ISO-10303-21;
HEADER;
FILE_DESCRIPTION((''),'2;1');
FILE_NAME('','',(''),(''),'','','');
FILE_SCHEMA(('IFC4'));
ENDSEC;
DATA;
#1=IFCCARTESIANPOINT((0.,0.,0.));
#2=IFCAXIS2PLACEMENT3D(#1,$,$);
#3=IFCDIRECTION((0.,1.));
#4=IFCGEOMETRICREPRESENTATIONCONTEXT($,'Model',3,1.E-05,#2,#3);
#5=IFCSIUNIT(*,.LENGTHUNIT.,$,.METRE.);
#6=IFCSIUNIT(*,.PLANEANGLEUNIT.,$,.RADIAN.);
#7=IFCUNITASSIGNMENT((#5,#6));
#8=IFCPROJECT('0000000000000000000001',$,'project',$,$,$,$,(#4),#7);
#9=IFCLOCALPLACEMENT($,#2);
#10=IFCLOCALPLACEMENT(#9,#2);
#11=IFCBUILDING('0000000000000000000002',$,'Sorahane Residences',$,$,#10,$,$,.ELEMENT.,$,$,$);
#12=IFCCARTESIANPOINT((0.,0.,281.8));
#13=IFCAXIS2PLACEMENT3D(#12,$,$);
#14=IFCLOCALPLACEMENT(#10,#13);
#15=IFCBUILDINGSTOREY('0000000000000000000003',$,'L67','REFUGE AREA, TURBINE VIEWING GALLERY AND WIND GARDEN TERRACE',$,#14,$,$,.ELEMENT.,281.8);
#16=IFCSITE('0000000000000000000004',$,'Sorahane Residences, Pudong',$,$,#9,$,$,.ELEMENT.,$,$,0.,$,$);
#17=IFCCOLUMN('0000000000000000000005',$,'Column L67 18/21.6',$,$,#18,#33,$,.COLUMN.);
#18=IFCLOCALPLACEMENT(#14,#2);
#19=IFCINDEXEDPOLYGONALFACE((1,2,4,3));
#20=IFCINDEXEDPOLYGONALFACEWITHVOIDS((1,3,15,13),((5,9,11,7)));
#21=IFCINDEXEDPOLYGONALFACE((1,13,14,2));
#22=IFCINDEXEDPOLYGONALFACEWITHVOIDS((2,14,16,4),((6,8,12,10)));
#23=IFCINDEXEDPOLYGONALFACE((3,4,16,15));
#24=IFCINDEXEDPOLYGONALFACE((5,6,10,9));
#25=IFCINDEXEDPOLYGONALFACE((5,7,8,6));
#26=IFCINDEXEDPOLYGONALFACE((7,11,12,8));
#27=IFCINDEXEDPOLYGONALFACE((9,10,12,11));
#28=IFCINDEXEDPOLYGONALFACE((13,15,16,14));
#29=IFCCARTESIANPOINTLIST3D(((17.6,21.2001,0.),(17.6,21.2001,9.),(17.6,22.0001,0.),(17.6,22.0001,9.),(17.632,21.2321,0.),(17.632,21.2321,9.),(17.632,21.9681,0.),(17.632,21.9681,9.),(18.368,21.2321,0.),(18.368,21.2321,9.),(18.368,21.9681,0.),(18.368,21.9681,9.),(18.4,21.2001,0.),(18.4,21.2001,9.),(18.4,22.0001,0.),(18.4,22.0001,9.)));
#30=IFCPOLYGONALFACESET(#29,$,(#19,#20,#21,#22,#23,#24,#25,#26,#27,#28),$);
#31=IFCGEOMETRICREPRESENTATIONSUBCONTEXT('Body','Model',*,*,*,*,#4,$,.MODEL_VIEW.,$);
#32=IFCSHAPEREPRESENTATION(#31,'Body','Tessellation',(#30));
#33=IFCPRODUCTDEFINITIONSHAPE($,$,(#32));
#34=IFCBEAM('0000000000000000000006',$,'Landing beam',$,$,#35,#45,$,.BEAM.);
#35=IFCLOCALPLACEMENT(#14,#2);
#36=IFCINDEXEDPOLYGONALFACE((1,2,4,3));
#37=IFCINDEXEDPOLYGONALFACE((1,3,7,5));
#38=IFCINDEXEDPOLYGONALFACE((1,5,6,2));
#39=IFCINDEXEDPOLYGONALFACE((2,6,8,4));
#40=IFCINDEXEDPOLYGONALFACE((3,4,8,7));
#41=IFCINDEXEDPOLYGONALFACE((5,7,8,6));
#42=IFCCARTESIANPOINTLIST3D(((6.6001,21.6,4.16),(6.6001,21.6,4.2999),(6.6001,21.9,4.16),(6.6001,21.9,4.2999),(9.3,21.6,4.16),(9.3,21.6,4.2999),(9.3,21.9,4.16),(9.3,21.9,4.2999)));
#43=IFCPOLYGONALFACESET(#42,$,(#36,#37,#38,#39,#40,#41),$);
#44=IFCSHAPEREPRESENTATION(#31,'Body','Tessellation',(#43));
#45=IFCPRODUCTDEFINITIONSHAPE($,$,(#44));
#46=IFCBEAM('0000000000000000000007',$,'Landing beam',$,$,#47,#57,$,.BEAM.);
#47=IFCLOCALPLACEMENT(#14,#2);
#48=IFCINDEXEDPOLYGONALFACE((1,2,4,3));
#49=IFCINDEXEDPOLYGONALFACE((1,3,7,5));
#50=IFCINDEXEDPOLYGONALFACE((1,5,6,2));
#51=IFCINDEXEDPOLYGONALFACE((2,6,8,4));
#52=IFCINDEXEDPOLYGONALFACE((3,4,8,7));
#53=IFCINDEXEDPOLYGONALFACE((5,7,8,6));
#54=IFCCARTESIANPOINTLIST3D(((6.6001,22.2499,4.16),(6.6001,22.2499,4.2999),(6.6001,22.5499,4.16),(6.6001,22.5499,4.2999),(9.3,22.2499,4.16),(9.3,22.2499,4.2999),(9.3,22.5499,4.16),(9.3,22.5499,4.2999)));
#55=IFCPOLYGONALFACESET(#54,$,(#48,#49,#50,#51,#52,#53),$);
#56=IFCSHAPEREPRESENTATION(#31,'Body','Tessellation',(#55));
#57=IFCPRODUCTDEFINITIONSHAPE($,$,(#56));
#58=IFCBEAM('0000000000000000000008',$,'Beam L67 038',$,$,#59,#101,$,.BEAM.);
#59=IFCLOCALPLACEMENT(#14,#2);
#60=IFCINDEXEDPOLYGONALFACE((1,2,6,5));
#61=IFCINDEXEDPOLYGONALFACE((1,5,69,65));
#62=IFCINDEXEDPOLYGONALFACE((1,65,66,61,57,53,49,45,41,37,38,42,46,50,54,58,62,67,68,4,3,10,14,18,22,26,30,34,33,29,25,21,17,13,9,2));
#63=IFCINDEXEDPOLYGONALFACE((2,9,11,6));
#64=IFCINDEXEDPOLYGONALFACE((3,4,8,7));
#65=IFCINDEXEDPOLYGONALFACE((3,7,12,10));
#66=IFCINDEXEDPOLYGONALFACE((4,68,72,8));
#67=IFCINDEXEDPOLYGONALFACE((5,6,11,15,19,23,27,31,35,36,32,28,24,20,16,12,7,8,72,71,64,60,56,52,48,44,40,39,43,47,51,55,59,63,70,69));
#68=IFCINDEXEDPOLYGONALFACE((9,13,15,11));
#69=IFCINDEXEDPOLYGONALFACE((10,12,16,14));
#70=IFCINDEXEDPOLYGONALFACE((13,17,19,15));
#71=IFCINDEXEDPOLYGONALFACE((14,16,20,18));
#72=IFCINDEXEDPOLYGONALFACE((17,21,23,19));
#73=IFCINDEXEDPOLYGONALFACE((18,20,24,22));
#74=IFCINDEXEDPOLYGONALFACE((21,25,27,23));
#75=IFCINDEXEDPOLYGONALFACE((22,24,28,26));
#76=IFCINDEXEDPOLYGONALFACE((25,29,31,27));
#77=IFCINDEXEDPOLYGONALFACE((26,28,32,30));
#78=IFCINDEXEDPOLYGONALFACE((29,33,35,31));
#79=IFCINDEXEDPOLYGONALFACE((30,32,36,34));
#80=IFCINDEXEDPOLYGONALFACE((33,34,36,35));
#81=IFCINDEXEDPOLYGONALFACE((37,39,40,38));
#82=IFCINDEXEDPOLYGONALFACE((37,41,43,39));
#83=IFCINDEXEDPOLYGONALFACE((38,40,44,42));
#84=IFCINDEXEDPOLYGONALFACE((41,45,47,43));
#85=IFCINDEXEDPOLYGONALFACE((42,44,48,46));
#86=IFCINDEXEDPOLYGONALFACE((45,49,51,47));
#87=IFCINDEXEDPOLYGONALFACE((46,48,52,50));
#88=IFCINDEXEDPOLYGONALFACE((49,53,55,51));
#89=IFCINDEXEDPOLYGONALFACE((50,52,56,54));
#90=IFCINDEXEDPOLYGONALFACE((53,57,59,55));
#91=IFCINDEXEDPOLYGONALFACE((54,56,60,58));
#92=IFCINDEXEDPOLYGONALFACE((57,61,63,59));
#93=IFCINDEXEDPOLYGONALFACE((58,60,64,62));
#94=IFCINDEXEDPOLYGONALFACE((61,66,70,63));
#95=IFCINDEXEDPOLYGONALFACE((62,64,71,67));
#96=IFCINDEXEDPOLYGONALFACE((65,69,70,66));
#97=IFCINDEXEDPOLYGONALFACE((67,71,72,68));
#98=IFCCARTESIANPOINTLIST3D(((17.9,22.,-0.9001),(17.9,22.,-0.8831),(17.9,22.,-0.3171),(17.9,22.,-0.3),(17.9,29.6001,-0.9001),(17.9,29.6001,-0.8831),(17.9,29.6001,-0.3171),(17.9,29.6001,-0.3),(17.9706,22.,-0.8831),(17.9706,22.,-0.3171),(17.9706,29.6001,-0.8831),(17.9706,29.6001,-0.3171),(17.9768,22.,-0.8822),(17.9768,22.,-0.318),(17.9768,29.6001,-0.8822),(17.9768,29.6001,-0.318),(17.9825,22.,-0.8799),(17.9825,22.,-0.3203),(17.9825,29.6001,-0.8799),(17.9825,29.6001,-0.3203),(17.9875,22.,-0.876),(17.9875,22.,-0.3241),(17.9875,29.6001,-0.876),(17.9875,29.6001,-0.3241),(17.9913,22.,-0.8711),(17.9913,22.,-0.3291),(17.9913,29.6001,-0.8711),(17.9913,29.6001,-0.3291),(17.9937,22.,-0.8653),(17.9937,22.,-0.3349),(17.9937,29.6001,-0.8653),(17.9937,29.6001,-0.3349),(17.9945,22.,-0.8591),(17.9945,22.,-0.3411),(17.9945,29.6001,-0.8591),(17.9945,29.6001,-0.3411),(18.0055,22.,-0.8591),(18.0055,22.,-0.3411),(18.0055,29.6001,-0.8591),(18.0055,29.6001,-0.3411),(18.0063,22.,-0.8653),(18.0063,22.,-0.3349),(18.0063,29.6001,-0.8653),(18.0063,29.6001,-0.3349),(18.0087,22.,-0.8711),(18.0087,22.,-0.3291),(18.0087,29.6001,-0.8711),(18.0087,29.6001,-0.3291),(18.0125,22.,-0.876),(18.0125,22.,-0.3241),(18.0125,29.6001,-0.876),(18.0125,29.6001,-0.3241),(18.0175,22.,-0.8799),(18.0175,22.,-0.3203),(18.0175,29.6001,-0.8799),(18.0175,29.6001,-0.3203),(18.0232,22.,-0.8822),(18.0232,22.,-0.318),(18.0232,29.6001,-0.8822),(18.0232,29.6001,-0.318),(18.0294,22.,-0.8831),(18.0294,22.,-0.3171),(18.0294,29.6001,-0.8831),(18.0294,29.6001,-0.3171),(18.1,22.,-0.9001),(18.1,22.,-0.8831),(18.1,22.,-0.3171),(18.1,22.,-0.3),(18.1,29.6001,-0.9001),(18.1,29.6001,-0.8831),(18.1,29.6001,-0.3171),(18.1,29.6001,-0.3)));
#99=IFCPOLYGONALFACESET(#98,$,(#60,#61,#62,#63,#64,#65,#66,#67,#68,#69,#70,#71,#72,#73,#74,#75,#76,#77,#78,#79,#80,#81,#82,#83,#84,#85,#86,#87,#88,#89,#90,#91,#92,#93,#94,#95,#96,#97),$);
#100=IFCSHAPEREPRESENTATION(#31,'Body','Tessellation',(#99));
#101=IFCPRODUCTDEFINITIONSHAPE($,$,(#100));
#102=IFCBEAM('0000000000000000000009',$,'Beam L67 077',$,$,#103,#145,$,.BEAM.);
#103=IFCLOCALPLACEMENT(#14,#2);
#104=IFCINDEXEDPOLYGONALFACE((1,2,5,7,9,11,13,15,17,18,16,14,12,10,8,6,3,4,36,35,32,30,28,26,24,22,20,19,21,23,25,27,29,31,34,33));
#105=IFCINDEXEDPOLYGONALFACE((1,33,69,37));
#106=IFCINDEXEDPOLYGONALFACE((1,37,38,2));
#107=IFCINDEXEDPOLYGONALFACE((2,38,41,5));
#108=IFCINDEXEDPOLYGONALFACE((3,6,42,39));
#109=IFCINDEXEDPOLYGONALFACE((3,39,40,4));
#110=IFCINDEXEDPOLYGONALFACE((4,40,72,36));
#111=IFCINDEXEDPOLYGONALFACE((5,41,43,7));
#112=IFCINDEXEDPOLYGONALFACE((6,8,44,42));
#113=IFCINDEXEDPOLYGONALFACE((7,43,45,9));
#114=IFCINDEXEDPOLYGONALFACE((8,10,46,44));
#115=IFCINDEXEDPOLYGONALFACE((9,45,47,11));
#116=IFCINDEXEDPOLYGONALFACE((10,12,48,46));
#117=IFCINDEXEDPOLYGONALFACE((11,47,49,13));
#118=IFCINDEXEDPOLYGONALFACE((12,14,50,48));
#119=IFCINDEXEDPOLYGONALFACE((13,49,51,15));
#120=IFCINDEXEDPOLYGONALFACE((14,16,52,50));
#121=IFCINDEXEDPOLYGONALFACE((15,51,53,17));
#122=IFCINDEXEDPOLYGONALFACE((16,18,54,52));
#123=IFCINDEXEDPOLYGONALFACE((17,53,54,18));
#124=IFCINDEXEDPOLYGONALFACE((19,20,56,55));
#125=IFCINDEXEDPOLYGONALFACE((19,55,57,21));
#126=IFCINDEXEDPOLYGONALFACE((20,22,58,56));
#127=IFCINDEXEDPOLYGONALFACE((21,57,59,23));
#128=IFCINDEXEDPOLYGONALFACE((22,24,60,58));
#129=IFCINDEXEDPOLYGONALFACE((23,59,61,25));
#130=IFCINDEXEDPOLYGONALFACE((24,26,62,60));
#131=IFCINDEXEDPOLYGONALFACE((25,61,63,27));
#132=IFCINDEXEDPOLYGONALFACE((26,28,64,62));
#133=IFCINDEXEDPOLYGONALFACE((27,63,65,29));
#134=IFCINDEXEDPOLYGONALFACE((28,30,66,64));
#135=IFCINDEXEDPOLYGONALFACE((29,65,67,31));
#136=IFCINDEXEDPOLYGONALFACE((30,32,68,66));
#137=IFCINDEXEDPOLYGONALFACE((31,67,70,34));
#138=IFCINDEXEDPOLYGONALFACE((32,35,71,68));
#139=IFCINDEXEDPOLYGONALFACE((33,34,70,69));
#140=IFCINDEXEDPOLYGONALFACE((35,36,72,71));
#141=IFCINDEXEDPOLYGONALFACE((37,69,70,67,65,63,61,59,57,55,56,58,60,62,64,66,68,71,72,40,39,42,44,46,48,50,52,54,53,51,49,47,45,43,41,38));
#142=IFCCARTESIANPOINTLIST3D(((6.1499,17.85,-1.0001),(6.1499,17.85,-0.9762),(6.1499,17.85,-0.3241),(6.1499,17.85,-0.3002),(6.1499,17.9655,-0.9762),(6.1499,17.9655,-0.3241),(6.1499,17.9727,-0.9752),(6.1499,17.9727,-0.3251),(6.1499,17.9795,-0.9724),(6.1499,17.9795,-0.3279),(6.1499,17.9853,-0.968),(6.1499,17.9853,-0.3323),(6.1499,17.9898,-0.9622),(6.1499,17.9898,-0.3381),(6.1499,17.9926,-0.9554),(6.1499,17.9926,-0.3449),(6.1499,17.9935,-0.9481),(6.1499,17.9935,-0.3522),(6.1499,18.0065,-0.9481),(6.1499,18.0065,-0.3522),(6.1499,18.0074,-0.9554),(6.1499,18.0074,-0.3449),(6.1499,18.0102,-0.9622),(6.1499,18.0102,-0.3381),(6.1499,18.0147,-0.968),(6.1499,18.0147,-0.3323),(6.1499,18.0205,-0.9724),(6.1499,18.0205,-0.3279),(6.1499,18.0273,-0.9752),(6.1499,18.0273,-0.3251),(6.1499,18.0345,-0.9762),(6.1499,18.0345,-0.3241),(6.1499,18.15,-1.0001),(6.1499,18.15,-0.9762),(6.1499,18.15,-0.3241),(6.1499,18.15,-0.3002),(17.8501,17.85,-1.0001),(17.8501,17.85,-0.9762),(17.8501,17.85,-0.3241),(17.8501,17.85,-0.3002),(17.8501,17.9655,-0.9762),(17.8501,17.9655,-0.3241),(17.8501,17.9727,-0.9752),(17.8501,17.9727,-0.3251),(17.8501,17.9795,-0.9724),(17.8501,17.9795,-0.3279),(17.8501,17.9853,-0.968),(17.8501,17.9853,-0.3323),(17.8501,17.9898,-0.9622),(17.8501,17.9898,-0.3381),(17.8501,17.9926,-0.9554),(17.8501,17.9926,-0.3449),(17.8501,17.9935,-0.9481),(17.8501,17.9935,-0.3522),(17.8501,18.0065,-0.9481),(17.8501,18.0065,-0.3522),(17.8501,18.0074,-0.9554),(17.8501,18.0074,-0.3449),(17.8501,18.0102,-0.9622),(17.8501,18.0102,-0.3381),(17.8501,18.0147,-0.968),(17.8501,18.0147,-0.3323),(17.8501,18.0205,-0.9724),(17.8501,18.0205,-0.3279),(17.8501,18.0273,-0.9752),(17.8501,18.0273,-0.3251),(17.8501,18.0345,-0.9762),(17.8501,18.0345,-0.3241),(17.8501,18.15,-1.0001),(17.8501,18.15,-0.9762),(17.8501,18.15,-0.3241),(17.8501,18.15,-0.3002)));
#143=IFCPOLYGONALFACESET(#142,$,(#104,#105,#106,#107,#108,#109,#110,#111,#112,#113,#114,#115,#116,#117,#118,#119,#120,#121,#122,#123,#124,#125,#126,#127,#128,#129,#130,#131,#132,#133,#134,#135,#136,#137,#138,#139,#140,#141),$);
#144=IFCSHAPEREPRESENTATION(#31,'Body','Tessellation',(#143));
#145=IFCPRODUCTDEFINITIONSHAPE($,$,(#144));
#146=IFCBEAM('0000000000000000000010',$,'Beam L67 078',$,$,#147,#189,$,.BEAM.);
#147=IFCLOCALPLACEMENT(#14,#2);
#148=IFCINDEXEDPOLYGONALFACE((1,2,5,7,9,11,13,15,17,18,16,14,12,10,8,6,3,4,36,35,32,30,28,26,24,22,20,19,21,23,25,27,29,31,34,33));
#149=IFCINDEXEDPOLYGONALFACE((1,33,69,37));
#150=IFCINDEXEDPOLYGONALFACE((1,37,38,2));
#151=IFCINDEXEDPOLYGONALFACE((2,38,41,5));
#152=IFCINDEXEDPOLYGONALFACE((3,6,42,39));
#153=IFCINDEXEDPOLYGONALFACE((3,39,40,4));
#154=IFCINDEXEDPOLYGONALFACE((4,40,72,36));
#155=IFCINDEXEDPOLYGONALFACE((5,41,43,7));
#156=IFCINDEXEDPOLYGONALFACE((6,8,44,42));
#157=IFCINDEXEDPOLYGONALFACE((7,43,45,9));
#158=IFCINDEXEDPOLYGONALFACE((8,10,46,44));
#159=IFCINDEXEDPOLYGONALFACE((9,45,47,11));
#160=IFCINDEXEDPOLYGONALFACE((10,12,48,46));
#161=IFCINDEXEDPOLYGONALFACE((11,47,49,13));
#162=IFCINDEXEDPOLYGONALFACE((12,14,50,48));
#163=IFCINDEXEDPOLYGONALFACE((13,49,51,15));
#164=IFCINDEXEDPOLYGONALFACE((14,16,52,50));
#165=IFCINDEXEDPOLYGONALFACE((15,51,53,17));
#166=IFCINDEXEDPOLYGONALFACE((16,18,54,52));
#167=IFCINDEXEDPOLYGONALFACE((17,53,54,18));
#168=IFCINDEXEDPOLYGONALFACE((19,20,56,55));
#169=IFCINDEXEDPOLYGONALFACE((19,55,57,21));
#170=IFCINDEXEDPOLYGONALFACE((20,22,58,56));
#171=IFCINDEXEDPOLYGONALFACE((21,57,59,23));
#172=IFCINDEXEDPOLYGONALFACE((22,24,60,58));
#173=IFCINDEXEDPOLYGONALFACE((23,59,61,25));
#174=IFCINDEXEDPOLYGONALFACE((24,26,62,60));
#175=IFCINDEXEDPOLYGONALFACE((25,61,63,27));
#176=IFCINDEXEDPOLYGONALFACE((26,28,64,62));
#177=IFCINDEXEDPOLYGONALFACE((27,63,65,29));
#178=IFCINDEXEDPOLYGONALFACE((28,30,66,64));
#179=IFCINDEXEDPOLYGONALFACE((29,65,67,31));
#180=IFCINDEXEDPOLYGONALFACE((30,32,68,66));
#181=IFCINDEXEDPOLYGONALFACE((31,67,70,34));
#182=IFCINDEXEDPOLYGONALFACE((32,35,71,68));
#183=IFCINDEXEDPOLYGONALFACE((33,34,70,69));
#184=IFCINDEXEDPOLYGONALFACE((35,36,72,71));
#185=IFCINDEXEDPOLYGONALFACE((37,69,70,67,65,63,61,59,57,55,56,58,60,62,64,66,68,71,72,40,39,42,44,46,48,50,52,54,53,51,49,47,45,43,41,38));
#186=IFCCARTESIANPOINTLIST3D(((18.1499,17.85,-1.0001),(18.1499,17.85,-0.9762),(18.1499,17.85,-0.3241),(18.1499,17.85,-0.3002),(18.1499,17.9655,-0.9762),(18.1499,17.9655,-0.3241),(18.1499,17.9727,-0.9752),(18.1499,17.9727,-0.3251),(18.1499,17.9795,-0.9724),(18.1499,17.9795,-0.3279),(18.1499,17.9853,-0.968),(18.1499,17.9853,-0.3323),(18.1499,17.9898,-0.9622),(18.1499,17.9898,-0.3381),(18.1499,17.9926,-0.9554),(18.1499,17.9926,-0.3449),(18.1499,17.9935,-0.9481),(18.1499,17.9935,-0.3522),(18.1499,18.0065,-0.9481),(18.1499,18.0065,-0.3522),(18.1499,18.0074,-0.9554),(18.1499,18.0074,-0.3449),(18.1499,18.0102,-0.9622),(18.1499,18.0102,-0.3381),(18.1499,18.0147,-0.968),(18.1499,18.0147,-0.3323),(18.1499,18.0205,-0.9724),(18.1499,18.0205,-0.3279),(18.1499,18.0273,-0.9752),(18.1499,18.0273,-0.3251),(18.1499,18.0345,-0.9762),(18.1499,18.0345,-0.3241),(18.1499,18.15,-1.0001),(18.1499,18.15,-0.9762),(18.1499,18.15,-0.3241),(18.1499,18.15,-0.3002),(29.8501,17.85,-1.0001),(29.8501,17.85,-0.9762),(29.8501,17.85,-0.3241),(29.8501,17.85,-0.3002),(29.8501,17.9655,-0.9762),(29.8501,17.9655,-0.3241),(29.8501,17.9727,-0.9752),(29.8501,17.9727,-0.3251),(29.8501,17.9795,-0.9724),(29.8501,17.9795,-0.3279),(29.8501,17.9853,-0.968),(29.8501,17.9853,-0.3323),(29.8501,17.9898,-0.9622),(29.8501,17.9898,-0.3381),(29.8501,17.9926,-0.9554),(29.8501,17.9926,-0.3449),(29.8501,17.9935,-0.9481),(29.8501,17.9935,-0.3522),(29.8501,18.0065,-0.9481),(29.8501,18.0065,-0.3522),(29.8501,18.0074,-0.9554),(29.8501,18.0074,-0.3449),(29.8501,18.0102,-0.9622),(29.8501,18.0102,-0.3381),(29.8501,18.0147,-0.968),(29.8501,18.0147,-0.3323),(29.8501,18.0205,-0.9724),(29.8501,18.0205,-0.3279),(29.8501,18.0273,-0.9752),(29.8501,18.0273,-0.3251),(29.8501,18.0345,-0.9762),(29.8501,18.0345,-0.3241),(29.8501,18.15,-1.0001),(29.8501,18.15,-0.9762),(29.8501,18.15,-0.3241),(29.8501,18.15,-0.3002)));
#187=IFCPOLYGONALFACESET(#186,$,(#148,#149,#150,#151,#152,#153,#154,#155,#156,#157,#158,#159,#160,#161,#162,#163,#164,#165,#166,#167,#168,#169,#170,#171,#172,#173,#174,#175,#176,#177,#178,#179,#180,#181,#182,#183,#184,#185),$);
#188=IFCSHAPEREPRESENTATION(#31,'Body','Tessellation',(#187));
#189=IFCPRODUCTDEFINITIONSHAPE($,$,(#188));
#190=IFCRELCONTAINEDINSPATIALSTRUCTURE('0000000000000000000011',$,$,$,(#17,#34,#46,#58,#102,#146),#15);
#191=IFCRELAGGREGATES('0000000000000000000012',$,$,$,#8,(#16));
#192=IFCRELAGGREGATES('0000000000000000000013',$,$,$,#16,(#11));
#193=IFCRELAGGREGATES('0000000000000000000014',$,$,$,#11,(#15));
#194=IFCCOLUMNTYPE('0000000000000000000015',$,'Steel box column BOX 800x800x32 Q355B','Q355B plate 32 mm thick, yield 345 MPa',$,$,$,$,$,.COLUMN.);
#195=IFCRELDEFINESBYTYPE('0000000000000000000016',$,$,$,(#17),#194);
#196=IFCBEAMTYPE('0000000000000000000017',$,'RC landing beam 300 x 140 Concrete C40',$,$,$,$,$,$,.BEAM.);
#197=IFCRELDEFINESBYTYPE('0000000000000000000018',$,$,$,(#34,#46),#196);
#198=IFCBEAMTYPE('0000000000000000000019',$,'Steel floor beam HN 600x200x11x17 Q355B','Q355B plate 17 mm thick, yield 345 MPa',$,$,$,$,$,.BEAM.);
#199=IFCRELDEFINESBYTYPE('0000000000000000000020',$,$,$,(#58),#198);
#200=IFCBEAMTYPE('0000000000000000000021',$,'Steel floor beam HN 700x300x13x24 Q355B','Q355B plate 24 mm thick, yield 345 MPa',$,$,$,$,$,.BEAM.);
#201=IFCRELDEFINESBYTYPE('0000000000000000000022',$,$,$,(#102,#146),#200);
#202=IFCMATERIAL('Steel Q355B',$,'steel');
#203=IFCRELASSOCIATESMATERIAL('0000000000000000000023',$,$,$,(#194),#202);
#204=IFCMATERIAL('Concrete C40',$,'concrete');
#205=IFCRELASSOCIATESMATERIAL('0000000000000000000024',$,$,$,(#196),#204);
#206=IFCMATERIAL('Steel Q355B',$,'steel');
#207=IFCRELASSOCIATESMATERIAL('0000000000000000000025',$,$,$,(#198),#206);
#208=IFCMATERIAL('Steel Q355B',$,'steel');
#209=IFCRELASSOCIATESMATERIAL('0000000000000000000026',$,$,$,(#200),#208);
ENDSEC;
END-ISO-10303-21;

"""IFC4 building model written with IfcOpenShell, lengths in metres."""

from ifc_helpers import new_model, si_unit, direction, frame, origin, origin_2d, place, context, subcontext, project, spatial, rectangle, hollow_rectangle, i_section, extrude, material, material_profile, profile_set, type_object, element, save


model = new_model("IFC4")

# Units and contexts
model_context = context("Model", 3, precision=1e-05, world=origin(), true_north=direction((0.0, 1.0)))
body_context = subcontext(model_context, "Body", "Model", "MODEL_VIEW")
ifc_project = project(units=[si_unit("LENGTHUNIT", "METRE"), si_unit("PLANEANGLEUNIT", "RADIAN")], contexts=[model_context])

# Site, building, storey
site_placement = place(None, origin())
site = spatial("IfcSite", under=ifc_project, at=site_placement, Name="Sorahane Residences, Pudong", CompositionType="ELEMENT", RefElevation=0.0)
building_placement = place(site_placement, origin())
building = spatial("IfcBuilding", under=site, at=building_placement, Name="Sorahane Residences", CompositionType="ELEMENT")
storey_placement = place(building_placement, frame((0.0, 0.0, 281.8)))
storey = spatial("IfcBuildingStorey", under=building, at=storey_placement, Name="L67", Description="REFUGE AREA, TURBINE VIEWING GALLERY AND WIND GARDEN TERRACE", CompositionType="ELEMENT", Elevation=281.8)

# Column
ifc_material_1 = material(Name="Steel Q355B", Category="steel")
ifc_material_profile_1 = material_profile(ifc_material_1, hollow_rectangle(XDim=0.8, YDim=0.8, WallThickness=0.032, at=origin_2d()), Name="BOX 800x800x32")
ifc_profile_set_1 = profile_set([ifc_material_profile_1], Name="Steel Q355B")
column_type = type_object("IfcColumnType", Name="Steel box column BOX 800x800x32 Q355B", Description="Q355B plate 32 mm thick, yield 345 MPa", PredefinedType="COLUMN", material=ifc_profile_set_1)
column_placement = place(storey_placement, frame((18.0, 21.6001, 0.0), z_axis=(0.0, 0.0, 1.0), x_axis=(1.0, 0.0, 0.0)))
element("IfcColumn", 1, at=column_placement, inside=storey, type_object=column_type, Name="Column L67 18/21.6", PredefinedType="COLUMN", context=body_context, shape_type="SweptSolid", body=[
    extrude(hollow_rectangle(XDim=0.8, YDim=0.8, WallThickness=0.032, at=origin_2d()), origin(), (0.0, 0.0, 1.0), 9.0),
])

# Beams
ifc_material_2 = material(Name="Concrete C40", Category="concrete")
ifc_material_profile_2 = material_profile(ifc_material_2, rectangle(XDim=0.3, YDim=0.1399, at=origin_2d()), Name="300x140")
ifc_profile_set_2 = profile_set([ifc_material_profile_2], Name="Concrete C40")
beam_type_1 = type_object("IfcBeamType", Name="RC landing beam 300 x 140 Concrete C40", PredefinedType="BEAM", material=ifc_profile_set_2)
for number, where, z_axis, x_axis, name in (
    (2, (6.6001, 21.75, 4.23), (1.0, 0.0, 0.0), (0.0, 1.0, 0.0), "Landing beam"),
    (3, (6.6001, 22.3999, 4.23), (1.0, 0.0, 0.0), (0.0, 1.0, 0.0), "Landing beam"),
):
    element("IfcBeam", number, at=place(storey_placement, frame(where, z_axis=z_axis, x_axis=x_axis)), inside=storey, type_object=beam_type_1, Name=name, PredefinedType="BEAM", context=body_context, shape_type="SweptSolid", body=[
        extrude(rectangle(XDim=0.3, YDim=0.1399, at=origin_2d()), origin(), (0.0, 0.0, 1.0), 2.7),
    ])
ifc_material_3 = material(Name="Steel Q355B", Category="steel")
ifc_material_profile_3 = material_profile(ifc_material_3, i_section(OverallWidth=0.2, OverallDepth=0.6001, WebThickness=0.011, FlangeThickness=0.0171, FilletRadius=0.0239, at=origin_2d()), Name="HN 600x200x11x17")
ifc_profile_set_3 = profile_set([ifc_material_profile_3], Name="Steel Q355B")
beam_type_2 = type_object("IfcBeamType", Name="Steel floor beam HN 600x200x11x17 Q355B", Description="Q355B plate 17 mm thick, yield 345 MPa", PredefinedType="BEAM", material=ifc_profile_set_3)
beam_placement = place(storey_placement, frame((18.0, 22.0, -0.6001), z_axis=(0.0, 1.0, 0.0), x_axis=(-1.0, 0.0, 0.0)))
element("IfcBeam", 4, at=beam_placement, inside=storey, type_object=beam_type_2, Name="Beam L67 038", PredefinedType="BEAM", context=body_context, shape_type="SweptSolid", body=[
    extrude(i_section(OverallWidth=0.2, OverallDepth=0.6001, WebThickness=0.011, FlangeThickness=0.0171, FilletRadius=0.0239, at=origin_2d()), origin(), (0.0, 0.0, 1.0), 7.6001),
])
ifc_material_4 = material(Name="Steel Q355B", Category="steel")
ifc_material_profile_4 = material_profile(ifc_material_4, i_section(OverallWidth=0.3, OverallDepth=0.7, WebThickness=0.0129, FlangeThickness=0.0239, FilletRadius=0.0281, at=origin_2d()), Name="HN 700x300x13x24")
ifc_profile_set_4 = profile_set([ifc_material_profile_4], Name="Steel Q355B")
beam_type_3 = type_object("IfcBeamType", Name="Steel floor beam HN 700x300x13x24 Q355B", Description="Q355B plate 24 mm thick, yield 345 MPa", PredefinedType="BEAM", material=ifc_profile_set_4)
for number, where, z_axis, x_axis, name in (
    (5, (6.1499, 18.0, -0.6501), (1.0, 0.0, 0.0), (0.0, 1.0, 0.0), "Beam L67 077"),
    (6, (18.1499, 18.0, -0.6501), (1.0, 0.0, 0.0), (0.0, 1.0, 0.0), "Beam L67 078"),
):
    element("IfcBeam", number, at=place(storey_placement, frame(where, z_axis=z_axis, x_axis=x_axis)), inside=storey, type_object=beam_type_3, Name=name, PredefinedType="BEAM", context=body_context, shape_type="SweptSolid", body=[
        extrude(i_section(OverallWidth=0.3, OverallDepth=0.7, WebThickness=0.0129, FlangeThickness=0.0239, FilletRadius=0.0281, at=origin_2d()), origin(), (0.0, 0.0, 1.0), 11.7002),
    ])

save(model, "model.ifc")
